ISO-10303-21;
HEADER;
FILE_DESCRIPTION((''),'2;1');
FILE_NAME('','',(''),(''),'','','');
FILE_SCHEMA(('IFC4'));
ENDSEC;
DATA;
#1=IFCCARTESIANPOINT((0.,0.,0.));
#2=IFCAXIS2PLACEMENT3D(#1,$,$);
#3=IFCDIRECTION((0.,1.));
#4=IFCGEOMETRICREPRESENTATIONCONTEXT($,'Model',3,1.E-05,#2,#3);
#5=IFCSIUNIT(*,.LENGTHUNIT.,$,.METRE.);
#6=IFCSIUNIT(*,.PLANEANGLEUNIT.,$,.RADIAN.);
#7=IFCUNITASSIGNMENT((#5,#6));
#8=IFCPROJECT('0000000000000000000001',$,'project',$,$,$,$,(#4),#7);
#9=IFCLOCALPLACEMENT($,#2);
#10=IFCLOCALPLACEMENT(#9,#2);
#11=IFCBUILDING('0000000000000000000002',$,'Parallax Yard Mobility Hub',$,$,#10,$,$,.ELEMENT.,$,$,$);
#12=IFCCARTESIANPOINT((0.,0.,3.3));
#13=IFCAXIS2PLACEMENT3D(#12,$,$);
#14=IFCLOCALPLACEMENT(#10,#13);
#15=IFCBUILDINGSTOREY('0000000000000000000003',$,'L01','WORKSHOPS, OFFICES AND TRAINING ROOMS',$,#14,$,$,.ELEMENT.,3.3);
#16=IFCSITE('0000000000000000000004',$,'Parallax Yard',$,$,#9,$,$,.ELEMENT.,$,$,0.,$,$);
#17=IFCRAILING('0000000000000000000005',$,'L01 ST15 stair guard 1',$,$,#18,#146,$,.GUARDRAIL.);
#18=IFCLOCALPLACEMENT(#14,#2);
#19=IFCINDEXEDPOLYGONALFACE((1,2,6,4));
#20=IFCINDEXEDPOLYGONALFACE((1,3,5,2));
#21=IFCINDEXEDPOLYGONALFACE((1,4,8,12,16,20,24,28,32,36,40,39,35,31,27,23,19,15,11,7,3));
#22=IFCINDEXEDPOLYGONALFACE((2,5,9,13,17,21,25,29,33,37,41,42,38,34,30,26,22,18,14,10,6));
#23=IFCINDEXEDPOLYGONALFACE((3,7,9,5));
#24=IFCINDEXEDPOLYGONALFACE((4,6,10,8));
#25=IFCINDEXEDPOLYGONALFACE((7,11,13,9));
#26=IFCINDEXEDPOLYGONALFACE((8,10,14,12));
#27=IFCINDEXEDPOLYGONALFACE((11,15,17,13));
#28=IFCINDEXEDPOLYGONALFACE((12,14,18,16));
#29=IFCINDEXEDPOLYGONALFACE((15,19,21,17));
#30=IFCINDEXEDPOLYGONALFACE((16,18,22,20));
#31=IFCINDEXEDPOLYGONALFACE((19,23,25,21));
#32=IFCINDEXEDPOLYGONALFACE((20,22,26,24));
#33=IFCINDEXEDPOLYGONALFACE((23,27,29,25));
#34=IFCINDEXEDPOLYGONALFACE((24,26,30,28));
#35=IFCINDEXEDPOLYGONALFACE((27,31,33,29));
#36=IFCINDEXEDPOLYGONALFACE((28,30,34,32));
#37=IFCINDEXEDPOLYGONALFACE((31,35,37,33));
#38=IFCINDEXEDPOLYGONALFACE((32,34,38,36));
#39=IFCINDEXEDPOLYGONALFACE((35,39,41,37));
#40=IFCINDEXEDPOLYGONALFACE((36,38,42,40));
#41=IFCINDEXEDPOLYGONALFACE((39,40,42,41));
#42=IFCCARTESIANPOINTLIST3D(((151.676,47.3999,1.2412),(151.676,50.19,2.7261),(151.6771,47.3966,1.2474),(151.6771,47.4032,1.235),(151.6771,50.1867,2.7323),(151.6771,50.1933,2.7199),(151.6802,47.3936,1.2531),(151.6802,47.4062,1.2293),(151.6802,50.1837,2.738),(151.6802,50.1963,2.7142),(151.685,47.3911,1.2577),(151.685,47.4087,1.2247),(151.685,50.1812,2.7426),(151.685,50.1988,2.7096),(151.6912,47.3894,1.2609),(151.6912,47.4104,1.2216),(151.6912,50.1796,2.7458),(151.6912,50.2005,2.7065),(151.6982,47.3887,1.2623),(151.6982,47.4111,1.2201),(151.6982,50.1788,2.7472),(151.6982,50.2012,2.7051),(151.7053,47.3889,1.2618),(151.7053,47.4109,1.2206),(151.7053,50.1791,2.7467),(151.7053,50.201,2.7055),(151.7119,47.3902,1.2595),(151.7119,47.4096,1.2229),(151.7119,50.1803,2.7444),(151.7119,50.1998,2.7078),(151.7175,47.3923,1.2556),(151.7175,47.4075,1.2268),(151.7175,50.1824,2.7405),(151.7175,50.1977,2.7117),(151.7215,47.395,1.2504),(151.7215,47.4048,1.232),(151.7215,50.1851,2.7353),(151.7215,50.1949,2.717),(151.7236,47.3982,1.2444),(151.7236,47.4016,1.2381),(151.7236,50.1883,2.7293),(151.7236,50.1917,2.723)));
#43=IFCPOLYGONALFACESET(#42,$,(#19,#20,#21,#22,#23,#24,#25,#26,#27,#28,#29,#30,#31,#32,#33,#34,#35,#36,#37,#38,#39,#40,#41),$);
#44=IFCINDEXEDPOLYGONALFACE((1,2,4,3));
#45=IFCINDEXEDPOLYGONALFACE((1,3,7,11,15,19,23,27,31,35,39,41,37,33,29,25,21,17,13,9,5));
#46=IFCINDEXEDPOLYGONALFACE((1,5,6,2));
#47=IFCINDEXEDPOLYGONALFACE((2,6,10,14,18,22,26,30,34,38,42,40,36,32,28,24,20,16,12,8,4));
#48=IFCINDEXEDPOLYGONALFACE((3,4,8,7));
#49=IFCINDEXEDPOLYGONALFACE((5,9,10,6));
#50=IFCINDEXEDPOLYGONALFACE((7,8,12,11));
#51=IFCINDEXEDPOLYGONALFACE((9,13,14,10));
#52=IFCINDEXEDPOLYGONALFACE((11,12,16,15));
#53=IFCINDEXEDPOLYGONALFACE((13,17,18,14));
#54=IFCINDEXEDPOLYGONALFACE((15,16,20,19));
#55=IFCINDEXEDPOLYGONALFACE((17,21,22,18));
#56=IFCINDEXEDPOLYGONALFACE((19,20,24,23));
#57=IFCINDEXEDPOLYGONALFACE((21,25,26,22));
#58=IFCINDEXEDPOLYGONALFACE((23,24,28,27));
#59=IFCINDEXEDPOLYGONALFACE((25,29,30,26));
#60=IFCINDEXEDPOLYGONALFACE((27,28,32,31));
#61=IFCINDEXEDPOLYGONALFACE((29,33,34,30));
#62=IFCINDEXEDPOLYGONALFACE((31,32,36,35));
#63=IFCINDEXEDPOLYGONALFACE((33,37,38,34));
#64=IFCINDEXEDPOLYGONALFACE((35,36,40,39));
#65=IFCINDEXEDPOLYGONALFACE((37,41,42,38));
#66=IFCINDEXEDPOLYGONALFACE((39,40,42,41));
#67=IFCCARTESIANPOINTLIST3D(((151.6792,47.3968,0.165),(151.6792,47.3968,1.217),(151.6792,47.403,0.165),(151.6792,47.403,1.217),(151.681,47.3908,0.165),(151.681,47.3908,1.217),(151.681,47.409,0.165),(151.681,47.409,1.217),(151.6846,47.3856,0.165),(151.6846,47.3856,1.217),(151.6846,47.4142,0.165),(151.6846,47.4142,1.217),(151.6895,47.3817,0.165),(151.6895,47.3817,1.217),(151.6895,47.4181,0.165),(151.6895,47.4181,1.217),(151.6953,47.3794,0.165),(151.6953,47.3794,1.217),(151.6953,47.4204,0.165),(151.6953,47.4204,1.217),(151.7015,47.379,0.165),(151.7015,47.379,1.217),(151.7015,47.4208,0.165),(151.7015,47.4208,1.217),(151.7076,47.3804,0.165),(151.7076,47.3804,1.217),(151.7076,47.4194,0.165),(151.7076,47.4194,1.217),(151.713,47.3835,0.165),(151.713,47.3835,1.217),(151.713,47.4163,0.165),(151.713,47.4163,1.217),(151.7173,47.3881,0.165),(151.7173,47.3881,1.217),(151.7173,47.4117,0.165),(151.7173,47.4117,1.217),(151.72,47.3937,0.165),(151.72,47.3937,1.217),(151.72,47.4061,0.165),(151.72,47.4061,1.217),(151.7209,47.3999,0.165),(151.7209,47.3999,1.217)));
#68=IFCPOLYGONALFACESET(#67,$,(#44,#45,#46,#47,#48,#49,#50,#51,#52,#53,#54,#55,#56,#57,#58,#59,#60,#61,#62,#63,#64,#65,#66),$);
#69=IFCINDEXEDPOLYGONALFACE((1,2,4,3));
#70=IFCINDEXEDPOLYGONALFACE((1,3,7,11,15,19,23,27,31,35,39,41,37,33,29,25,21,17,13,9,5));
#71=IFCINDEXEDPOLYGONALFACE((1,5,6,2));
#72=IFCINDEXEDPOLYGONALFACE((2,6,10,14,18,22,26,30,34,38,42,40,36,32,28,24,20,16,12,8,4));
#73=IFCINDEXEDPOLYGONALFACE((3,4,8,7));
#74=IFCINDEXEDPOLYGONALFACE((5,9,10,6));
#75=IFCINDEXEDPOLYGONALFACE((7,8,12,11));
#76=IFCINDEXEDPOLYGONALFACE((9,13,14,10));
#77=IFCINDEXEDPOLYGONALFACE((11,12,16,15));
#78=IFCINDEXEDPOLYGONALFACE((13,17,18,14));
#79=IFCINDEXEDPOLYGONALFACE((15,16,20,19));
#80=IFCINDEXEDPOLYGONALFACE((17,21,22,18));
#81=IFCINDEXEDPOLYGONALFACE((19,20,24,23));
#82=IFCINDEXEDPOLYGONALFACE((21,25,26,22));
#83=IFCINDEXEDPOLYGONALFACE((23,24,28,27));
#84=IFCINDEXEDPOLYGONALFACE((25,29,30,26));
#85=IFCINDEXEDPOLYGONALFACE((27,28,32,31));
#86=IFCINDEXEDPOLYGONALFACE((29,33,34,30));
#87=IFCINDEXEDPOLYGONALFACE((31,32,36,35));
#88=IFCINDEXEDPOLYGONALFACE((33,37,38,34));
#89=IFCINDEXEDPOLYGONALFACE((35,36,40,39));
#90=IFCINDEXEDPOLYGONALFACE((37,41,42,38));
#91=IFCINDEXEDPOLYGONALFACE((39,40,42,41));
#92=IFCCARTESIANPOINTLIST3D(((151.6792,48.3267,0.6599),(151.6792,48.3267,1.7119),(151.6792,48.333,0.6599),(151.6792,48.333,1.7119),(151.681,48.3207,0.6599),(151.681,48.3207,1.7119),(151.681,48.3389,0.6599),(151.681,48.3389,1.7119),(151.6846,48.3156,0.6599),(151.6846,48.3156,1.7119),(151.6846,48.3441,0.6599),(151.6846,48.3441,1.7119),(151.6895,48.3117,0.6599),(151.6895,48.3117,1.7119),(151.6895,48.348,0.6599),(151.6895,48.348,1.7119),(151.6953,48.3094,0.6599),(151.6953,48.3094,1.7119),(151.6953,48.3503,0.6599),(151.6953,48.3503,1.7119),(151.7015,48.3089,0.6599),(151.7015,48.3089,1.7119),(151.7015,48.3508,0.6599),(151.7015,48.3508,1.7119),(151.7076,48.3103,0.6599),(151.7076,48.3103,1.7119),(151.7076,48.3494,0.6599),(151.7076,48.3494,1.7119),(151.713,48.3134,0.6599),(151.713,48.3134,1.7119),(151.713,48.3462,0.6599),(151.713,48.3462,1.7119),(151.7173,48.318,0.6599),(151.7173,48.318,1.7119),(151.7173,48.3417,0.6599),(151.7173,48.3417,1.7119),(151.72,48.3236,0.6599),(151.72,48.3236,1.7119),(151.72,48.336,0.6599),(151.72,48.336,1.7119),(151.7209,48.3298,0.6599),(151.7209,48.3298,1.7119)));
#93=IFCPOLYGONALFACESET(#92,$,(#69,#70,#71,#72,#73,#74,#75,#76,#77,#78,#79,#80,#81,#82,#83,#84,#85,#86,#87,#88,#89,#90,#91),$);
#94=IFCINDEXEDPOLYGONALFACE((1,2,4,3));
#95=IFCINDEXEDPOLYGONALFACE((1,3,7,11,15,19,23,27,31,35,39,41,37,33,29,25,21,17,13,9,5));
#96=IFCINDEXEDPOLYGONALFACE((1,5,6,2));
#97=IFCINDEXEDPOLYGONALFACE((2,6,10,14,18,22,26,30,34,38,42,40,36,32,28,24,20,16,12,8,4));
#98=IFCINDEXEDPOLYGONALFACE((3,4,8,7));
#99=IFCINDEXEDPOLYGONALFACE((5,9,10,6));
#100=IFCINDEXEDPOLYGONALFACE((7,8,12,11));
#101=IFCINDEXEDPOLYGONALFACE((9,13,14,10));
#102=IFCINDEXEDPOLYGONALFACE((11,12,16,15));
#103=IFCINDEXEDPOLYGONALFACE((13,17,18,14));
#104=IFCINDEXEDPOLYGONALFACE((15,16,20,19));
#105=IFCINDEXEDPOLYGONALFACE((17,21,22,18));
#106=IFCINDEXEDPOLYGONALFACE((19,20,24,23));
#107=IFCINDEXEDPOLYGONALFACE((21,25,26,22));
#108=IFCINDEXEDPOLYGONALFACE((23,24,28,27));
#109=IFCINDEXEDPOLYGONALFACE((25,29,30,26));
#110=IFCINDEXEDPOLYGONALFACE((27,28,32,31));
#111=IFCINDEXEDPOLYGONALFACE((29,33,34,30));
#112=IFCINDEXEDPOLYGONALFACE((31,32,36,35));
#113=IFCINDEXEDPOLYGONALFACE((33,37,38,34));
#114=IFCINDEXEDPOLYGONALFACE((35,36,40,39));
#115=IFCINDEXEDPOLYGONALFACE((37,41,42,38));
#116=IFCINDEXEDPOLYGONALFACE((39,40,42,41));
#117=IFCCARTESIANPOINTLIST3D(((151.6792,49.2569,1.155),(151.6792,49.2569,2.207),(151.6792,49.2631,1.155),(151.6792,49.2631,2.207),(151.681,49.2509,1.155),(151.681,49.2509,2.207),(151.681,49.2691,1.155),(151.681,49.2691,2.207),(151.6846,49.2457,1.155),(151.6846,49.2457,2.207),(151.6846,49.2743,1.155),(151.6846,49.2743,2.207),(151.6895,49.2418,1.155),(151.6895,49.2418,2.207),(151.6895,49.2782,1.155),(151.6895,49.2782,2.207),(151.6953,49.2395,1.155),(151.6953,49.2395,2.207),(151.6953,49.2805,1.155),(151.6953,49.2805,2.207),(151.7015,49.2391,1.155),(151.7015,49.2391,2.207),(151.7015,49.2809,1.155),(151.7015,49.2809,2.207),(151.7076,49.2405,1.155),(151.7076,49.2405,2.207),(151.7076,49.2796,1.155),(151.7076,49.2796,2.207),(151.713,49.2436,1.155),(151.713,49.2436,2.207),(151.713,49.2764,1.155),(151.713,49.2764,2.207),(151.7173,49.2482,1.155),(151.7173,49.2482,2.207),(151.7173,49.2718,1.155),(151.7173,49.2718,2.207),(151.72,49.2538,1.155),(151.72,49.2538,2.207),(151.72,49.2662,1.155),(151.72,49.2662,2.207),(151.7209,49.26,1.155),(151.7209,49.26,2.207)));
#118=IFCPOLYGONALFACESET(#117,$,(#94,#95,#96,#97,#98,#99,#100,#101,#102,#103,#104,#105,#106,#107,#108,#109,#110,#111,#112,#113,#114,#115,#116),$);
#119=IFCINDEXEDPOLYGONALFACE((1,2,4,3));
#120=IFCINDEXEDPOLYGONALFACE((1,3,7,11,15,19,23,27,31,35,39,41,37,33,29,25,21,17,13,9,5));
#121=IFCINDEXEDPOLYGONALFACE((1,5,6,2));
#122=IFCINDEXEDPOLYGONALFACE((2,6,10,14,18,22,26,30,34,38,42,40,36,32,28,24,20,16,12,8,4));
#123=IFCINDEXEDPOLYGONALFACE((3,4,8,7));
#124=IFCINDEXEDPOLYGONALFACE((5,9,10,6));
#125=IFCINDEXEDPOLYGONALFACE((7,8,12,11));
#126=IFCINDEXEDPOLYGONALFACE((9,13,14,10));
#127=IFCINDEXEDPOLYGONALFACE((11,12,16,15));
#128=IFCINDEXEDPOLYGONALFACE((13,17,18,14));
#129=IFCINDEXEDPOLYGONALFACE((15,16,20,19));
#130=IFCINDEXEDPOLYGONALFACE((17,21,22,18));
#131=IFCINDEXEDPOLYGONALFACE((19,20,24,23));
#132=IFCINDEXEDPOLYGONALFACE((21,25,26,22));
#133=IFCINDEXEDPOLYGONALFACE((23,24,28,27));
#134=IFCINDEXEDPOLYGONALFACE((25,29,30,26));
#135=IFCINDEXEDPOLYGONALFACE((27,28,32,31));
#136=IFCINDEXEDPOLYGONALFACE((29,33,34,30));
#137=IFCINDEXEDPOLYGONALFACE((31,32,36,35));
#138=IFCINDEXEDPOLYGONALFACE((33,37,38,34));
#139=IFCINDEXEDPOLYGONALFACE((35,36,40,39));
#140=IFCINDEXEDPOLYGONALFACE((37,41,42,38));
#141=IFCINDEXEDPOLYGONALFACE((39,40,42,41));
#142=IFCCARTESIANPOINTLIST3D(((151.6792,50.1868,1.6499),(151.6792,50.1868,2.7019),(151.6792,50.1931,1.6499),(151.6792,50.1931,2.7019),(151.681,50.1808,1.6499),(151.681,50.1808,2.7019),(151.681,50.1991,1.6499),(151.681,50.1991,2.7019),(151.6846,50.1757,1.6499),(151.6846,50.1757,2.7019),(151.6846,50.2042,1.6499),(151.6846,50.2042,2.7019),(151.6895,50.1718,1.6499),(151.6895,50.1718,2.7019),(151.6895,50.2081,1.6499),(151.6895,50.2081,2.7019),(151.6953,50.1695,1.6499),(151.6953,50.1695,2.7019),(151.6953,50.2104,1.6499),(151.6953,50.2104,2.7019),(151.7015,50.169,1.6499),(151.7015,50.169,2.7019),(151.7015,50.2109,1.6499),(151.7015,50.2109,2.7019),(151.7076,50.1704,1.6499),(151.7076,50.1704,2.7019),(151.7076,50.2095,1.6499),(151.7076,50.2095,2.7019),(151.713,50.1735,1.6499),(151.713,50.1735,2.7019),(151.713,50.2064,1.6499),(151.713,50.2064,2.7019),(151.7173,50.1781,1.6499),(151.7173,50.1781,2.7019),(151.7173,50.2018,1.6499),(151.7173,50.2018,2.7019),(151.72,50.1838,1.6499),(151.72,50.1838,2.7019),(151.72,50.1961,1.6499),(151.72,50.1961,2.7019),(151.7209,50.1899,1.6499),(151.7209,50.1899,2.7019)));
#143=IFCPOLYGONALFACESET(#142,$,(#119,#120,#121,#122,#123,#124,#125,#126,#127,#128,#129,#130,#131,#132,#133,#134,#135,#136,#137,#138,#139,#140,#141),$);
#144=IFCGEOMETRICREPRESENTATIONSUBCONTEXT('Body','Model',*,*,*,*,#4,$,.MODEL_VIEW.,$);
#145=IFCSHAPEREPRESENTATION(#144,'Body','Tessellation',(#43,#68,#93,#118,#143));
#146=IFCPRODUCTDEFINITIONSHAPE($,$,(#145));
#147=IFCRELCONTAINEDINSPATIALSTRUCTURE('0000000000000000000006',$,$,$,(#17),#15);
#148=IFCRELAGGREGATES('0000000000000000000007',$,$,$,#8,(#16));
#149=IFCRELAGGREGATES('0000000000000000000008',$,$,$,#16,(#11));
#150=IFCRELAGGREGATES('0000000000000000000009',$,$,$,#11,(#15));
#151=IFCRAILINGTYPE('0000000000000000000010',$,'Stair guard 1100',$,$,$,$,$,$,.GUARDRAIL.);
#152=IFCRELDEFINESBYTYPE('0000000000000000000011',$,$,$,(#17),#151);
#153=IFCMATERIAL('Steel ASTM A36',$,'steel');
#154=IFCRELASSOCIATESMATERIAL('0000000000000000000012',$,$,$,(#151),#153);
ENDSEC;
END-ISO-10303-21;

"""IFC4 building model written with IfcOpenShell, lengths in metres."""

from ifc_helpers import new_model, si_unit, direction, frame, origin, origin_2d, place, context, subcontext, project, spatial, circle, extrude, material, type_object, element, save


model = new_model("IFC4")

# Units and contexts
model_context = context("Model", 3, precision=1e-05, world=origin(), true_north=direction((0.0, 1.0)))
body_context = subcontext(model_context, "Body", "Model", "MODEL_VIEW")
ifc_project = project(units=[si_unit("LENGTHUNIT", "METRE"), si_unit("PLANEANGLEUNIT", "RADIAN")], contexts=[model_context])

# Site, building, storey
site_placement = place(None, origin())
site = spatial("IfcSite", under=ifc_project, at=site_placement, Name="Parallax Yard", CompositionType="ELEMENT", RefElevation=0.0)
building_placement = place(site_placement, origin())
building = spatial("IfcBuilding", under=site, at=building_placement, Name="Parallax Yard Mobility Hub", CompositionType="ELEMENT")
storey_placement = place(building_placement, frame((0.0, 0.0, 3.3)))
storey = spatial("IfcBuildingStorey", under=building, at=storey_placement, Name="L01", Description="WORKSHOPS, OFFICES AND TRAINING ROOMS", CompositionType="ELEMENT", Elevation=3.3)

# Railing
ifc_material_1 = material(Name="Steel ASTM A36", Category="steel")
railing_type = type_object("IfcRailingType", Name="Stair guard 1100", PredefinedType="GUARDRAIL", material=ifc_material_1)
railing_1_placement = place(storey_placement, frame((151.7, 47.3999, 0.165)))
element("IfcRailing", 1, at=railing_1_placement, inside=storey, type_object=railing_type, Name="L01 ST15 stair guard 1", PredefinedType="GUARDRAIL", context=body_context, shape_type="SweptSolid", body=[
    extrude(circle(Radius=0.0239, at=origin_2d()), frame((0.0, 0.0, 1.0762), z_axis=(0.0, 0.882767, 0.46981), x_axis=(-1.0, 0.0, 0.0)), (0.0, 0.0, 1.0), 3.1606),
    extrude(circle(Radius=0.021, at=origin_2d()), origin(), (0.0, 0.0, 1.0), 1.052),
    extrude(circle(Radius=0.021, at=origin_2d()), frame((0.0, 0.9299, 0.4949)), (0.0, 0.0, 1.0), 1.052),
    extrude(circle(Radius=0.021, at=origin_2d()), frame((0.0, 1.8601, 0.99)), (0.0, 0.0, 1.0), 1.052),
    extrude(circle(Radius=0.021, at=origin_2d()), frame((0.0, 2.79, 1.4849)), (0.0, 0.0, 1.0), 1.052),
])

save(model, "model.ifc")
